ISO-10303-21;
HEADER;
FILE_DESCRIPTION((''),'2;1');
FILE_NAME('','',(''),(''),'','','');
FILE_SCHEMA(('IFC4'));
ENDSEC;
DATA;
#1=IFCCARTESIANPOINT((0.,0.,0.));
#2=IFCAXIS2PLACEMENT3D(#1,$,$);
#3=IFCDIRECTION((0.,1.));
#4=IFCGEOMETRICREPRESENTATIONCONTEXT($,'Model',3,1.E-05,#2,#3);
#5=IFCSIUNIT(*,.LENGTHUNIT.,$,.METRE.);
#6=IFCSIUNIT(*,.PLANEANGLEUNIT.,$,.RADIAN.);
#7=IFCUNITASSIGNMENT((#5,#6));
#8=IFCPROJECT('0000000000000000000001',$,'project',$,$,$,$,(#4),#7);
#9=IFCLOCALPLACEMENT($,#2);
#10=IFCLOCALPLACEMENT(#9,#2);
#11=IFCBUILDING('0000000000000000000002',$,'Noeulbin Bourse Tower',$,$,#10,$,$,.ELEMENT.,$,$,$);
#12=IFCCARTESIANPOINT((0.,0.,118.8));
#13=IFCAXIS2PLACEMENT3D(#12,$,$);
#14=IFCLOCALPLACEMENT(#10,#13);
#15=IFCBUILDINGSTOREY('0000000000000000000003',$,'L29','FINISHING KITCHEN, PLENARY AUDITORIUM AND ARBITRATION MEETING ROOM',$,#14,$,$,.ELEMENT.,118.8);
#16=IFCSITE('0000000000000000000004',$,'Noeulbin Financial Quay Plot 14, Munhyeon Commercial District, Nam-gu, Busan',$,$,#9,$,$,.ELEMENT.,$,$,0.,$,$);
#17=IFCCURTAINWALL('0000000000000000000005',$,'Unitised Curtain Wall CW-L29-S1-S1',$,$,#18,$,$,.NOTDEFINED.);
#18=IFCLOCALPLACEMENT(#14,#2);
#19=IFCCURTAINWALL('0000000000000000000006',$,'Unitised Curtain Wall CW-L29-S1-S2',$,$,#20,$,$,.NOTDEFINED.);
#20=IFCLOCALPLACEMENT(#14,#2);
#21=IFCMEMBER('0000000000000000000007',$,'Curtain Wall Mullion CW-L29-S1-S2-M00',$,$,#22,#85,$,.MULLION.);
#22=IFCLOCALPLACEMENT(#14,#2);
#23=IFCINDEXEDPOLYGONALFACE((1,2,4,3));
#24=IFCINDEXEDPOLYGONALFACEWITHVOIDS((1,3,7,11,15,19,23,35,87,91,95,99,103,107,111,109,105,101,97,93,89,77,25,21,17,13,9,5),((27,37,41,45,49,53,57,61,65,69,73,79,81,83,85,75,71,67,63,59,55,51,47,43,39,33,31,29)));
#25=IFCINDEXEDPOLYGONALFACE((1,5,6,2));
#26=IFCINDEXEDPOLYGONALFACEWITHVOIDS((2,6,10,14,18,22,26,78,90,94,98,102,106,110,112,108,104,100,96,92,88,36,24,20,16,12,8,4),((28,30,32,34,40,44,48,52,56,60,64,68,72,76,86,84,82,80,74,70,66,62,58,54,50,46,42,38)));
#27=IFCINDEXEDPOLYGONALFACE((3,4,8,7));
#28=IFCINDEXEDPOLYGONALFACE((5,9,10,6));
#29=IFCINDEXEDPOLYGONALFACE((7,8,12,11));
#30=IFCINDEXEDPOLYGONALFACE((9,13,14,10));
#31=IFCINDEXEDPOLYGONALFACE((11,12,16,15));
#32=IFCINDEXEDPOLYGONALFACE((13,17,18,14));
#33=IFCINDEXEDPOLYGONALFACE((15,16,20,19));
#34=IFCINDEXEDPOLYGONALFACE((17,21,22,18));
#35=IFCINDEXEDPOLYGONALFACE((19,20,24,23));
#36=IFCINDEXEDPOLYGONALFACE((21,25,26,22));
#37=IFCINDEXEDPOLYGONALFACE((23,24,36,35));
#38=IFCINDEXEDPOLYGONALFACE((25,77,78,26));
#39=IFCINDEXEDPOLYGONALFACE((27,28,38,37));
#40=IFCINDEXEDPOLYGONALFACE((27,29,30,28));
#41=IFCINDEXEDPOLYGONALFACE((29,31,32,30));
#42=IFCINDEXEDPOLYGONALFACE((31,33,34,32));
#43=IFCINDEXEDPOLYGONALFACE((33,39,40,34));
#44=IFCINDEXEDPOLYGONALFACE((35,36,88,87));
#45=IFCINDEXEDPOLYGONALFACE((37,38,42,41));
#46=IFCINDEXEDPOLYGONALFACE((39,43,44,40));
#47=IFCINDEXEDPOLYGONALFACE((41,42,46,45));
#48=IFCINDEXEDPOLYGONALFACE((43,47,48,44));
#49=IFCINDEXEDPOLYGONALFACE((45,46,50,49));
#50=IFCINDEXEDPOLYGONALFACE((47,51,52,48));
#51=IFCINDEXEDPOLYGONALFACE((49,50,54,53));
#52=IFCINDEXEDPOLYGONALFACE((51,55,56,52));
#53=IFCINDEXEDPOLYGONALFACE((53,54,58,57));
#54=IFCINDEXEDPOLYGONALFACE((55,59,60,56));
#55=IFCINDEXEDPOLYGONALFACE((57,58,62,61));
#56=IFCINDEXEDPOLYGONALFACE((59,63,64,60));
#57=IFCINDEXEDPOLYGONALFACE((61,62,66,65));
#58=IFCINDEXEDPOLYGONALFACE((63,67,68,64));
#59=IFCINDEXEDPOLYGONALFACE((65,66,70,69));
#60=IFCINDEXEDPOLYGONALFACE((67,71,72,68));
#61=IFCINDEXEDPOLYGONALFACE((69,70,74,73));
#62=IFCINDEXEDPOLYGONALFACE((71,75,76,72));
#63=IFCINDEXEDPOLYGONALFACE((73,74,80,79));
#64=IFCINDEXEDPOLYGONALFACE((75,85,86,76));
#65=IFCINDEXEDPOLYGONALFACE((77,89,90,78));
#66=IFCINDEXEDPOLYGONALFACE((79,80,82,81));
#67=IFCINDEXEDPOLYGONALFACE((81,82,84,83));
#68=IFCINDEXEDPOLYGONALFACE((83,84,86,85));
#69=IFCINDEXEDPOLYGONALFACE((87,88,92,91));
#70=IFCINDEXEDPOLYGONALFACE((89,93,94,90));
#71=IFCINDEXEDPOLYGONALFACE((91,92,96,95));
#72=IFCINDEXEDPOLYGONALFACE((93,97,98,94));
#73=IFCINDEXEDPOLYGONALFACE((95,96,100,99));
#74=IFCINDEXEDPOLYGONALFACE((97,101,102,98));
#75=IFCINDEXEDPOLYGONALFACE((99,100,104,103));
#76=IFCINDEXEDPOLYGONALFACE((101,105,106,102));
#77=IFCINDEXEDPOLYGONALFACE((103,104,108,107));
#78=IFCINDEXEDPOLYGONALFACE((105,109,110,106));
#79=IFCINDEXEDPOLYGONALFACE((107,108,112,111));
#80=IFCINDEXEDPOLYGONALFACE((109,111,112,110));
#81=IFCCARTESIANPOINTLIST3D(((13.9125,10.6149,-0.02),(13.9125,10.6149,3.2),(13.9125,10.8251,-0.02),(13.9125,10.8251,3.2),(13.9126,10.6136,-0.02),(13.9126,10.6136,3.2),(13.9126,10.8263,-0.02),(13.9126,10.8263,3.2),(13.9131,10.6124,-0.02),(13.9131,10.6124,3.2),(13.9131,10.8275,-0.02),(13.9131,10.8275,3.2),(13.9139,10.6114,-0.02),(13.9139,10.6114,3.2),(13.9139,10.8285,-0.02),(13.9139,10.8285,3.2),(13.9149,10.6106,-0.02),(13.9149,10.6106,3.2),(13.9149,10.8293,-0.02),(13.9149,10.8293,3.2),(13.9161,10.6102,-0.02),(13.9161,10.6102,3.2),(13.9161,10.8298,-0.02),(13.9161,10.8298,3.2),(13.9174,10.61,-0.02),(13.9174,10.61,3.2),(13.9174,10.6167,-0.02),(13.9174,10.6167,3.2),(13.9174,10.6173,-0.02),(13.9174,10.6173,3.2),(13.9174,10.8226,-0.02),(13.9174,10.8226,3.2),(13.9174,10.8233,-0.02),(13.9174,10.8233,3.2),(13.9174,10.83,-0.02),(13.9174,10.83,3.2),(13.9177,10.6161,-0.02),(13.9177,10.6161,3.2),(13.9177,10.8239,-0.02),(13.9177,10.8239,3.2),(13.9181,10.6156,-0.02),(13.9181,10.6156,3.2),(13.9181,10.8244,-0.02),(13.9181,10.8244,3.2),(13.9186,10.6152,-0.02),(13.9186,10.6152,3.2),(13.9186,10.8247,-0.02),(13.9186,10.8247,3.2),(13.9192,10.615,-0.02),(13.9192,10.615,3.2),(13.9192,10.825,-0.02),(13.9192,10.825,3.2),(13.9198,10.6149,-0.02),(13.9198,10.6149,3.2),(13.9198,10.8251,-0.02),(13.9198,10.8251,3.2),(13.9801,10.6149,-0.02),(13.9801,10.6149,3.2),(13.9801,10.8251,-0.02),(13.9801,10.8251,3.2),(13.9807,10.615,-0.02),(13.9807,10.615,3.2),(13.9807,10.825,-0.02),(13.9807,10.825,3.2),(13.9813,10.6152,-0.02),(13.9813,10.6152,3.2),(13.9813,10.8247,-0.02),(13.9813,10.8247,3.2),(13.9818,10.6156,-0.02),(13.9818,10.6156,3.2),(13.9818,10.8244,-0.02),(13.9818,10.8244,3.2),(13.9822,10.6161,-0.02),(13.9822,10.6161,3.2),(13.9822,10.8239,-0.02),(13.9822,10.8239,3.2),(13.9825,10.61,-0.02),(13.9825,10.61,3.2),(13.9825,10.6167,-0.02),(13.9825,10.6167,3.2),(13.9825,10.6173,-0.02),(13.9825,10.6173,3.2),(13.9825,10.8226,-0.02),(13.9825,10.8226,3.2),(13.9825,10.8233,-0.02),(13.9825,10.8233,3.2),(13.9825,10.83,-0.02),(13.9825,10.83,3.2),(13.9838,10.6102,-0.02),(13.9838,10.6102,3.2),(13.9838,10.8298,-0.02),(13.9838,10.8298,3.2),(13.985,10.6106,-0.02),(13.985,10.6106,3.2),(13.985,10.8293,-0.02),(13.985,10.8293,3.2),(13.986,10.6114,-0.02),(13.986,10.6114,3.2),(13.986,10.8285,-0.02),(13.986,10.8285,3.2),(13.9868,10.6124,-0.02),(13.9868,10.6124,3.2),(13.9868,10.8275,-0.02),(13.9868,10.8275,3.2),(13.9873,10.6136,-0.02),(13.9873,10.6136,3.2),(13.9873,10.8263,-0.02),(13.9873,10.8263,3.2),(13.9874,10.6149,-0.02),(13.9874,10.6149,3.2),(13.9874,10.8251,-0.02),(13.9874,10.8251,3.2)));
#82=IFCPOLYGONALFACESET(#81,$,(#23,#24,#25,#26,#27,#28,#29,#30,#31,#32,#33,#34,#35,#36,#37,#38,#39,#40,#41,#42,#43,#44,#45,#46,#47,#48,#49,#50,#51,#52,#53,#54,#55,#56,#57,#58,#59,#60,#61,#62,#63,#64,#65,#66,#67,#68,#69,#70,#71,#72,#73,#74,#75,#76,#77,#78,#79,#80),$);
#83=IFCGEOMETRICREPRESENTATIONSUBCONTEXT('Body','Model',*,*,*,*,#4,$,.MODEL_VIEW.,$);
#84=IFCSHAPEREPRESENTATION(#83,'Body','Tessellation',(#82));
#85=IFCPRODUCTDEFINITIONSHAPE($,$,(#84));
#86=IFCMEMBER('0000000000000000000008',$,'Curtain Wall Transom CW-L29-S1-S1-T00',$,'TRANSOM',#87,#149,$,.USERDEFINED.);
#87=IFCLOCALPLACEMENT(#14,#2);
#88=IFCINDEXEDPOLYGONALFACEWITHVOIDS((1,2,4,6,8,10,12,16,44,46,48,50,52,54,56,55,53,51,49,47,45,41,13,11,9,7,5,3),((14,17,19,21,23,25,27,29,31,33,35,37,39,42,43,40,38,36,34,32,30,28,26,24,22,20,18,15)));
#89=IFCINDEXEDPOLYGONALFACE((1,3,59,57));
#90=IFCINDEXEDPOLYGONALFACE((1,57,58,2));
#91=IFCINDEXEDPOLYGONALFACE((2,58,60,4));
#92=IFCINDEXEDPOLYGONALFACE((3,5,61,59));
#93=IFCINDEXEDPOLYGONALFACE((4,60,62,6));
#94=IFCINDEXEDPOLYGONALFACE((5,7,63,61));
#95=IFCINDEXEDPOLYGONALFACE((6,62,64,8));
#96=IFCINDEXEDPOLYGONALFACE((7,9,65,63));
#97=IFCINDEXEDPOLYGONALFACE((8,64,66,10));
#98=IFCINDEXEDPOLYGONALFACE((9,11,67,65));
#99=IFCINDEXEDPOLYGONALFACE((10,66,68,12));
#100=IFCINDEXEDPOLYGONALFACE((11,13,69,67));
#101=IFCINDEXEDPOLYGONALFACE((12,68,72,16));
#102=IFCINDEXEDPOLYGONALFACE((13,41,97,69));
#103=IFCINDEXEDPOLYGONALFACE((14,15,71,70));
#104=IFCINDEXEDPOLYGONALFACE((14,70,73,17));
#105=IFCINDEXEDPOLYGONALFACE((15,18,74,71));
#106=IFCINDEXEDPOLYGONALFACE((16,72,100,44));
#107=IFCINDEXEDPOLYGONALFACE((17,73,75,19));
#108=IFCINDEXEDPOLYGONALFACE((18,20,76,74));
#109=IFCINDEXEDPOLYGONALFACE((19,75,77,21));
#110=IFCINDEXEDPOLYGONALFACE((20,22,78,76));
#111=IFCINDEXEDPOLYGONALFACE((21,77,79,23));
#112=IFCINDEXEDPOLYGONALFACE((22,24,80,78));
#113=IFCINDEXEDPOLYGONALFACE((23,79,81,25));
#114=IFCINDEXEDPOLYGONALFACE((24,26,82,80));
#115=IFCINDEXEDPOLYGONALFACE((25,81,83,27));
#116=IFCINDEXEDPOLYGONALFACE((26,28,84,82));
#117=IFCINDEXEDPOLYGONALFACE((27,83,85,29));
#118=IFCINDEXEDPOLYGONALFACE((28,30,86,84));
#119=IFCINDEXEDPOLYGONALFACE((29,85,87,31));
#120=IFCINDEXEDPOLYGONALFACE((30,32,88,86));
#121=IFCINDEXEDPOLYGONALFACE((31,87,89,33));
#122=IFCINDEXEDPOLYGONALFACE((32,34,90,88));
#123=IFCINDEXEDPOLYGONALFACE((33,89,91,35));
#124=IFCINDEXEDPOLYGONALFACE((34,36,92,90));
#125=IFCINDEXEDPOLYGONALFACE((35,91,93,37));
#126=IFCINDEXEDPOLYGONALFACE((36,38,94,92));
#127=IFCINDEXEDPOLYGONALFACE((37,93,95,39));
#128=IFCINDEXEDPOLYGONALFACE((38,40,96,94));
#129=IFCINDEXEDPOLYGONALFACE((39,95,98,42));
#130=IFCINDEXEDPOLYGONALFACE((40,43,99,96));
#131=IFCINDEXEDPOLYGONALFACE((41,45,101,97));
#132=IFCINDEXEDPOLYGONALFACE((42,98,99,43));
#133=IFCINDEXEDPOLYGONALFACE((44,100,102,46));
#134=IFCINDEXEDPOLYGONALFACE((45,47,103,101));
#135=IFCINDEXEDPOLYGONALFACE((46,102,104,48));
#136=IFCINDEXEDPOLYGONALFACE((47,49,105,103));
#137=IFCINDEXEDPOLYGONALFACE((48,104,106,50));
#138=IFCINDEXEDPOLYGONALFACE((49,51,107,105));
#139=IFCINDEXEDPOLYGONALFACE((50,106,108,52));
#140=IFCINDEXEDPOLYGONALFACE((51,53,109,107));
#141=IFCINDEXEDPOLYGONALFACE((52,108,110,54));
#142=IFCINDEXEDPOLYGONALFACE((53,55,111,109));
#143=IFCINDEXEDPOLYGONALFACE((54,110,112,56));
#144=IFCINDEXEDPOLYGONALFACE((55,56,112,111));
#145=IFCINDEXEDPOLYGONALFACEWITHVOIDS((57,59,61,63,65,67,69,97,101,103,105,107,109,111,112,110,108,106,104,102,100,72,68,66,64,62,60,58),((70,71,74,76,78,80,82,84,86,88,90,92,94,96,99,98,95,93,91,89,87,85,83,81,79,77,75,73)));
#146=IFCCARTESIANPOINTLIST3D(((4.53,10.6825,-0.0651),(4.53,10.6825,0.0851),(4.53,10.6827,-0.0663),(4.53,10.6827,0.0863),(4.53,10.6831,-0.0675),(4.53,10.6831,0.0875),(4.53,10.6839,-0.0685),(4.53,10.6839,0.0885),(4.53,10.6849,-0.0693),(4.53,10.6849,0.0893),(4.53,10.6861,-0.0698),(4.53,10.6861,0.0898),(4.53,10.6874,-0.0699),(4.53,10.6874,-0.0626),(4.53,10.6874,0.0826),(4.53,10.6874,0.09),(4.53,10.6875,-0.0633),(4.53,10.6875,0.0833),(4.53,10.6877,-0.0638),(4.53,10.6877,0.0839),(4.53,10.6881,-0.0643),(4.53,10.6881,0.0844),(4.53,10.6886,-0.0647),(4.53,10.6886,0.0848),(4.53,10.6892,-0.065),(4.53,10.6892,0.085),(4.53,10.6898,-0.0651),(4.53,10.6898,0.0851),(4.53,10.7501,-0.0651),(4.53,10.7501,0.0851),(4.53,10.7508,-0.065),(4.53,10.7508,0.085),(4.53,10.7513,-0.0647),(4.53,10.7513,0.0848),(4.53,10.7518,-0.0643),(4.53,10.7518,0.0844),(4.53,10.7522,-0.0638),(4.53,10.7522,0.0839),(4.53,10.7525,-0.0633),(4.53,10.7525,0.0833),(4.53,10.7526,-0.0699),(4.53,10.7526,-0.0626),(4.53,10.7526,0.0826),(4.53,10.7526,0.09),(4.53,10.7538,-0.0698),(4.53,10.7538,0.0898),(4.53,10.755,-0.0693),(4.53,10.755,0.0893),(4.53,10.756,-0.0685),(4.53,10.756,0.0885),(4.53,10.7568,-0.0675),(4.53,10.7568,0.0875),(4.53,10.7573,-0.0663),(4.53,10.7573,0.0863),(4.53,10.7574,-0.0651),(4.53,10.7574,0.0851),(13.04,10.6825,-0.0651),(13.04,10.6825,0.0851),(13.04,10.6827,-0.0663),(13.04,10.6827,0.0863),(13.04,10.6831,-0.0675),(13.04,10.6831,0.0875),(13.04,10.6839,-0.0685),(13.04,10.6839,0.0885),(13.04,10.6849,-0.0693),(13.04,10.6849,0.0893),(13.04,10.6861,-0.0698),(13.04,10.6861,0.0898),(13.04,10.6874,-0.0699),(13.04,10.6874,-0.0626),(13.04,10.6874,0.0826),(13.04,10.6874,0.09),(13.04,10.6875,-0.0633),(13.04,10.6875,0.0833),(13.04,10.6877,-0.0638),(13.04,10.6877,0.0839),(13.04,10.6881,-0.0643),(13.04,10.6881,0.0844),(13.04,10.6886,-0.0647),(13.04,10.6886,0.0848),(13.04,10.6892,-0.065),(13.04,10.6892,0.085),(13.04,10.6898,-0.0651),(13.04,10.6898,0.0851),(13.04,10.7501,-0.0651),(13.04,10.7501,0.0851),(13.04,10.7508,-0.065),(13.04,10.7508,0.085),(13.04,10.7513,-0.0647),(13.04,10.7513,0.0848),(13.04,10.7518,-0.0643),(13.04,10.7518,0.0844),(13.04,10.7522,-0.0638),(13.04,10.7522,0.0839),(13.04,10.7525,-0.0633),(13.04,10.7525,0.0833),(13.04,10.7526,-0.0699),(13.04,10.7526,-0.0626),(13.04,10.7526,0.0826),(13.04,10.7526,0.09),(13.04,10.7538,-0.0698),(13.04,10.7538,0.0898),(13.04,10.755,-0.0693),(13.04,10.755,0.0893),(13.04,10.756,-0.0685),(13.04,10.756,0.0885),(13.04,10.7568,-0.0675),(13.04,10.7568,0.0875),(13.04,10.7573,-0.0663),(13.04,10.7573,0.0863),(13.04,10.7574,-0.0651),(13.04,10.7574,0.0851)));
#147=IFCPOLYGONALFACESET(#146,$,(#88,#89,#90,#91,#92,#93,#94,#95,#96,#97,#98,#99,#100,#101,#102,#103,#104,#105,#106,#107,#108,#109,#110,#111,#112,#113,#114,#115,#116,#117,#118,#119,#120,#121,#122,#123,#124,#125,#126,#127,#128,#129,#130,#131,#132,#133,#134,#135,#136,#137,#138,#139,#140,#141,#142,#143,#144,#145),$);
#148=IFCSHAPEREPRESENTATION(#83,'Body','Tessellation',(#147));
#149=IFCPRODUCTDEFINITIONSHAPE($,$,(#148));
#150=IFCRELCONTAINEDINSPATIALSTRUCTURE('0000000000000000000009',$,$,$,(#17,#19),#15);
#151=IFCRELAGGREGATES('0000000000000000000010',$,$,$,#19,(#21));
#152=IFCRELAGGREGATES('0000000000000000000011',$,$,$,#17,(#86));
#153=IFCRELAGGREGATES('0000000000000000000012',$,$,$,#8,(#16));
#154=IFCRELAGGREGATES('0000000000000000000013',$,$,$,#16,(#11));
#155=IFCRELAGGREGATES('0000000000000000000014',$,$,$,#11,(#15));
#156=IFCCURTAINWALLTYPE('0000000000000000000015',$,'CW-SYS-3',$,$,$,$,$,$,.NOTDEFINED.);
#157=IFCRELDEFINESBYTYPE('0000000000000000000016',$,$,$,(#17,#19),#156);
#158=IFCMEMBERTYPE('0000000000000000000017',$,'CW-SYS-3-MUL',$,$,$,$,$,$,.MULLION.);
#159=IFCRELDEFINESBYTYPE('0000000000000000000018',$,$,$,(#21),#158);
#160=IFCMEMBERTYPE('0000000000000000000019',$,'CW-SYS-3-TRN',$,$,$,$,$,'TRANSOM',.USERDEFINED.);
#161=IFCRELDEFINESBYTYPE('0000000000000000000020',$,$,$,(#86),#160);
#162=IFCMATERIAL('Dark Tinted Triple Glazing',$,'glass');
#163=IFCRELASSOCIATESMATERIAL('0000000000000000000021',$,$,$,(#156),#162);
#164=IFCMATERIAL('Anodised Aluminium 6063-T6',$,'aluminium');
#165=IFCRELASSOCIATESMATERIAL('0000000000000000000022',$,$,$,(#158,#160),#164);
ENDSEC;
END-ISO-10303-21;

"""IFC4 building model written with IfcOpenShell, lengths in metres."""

from ifc_helpers import new_model, si_unit, direction, frame, origin, origin_2d, place, context, subcontext, project, spatial, hollow_rectangle, extrude, material, material_profile, profile_set, type_object, element, aggregate, save


model = new_model("IFC4")

# Units and contexts
model_context = context("Model", 3, precision=1e-05, world=origin(), true_north=direction((0.0, 1.0)))
body_context = subcontext(model_context, "Body", "Model", "MODEL_VIEW")
ifc_project = project(units=[si_unit("LENGTHUNIT", "METRE"), si_unit("PLANEANGLEUNIT", "RADIAN")], contexts=[model_context])

# Site, building, storey
site_placement = place(None, origin())
site = spatial("IfcSite", under=ifc_project, at=site_placement, Name="Noeulbin Financial Quay Plot 14, Munhyeon Commercial District, Nam-gu, Busan", CompositionType="ELEMENT", RefElevation=0.0)
building_placement = place(site_placement, origin())
building = spatial("IfcBuilding", under=site, at=building_placement, Name="Noeulbin Bourse Tower", CompositionType="ELEMENT")
storey_placement = place(building_placement, frame((0.0, 0.0, 118.8)))
storey = spatial("IfcBuildingStorey", under=building, at=storey_placement, Name="L29", Description="FINISHING KITCHEN, PLENARY AUDITORIUM AND ARBITRATION MEETING ROOM", CompositionType="ELEMENT", Elevation=118.8)

# Curtain wall
ifc_material_1 = material(Name="Dark Tinted Triple Glazing", Category="glass")
curtain_wall_type = type_object("IfcCurtainWallType", Name="CW-SYS-3", PredefinedType="NOTDEFINED", material=ifc_material_1)
curtain_wall_1_placement = place(storey_placement, origin())
curtain_wall_1 = element("IfcCurtainWall", 1, at=curtain_wall_1_placement, inside=storey, type_object=curtain_wall_type, Name="Unitised Curtain Wall CW-L29-S1-S1", PredefinedType="NOTDEFINED")
ifc_material_2 = material(Name="Anodised Aluminium 6063-T6", Category="aluminium")
ifc_material_profile_1 = material_profile(ifc_material_2, hollow_rectangle(XDim=0.075, YDim=0.22, WallThickness=0.0049, InnerFilletRadius=0.0024, OuterFilletRadius=0.0049, at=origin_2d()), Name="ALU-MULL-75x220x5", Category="LoadBearing")
ifc_profile_set_1 = profile_set([ifc_material_profile_1], Name="Anodised Aluminium 6063-T6")
member_type_1 = type_object("IfcMemberType", Name="CW-SYS-3-MUL", PredefinedType="MULLION", material=ifc_profile_set_1)

# Curtain wall, member
curtain_wall_2_placement = place(storey_placement, origin())
curtain_wall_2 = element("IfcCurtainWall", 2, at=curtain_wall_2_placement, inside=storey, type_object=curtain_wall_type, Name="Unitised Curtain Wall CW-L29-S1-S2", PredefinedType="NOTDEFINED")
member_1_placement = place(storey_placement, frame((13.95, 10.72, -0.02), z_axis=(0.0, 0.0, 1.0), x_axis=(1.0, 0.0, 0.0)))
member_1 = element("IfcMember", 3, at=member_1_placement, type_object=member_type_1, Name="Curtain Wall Mullion CW-L29-S1-S2-M00", PredefinedType="MULLION", context=body_context, shape_type="SweptSolid", body=[
    extrude(hollow_rectangle(XDim=0.075, YDim=0.22, WallThickness=0.0049, InnerFilletRadius=0.0024, OuterFilletRadius=0.0049, at=origin_2d()), origin(), (0.0, 0.0, 1.0), 3.22),
])

# Member
ifc_material_profile_2 = material_profile(ifc_material_2, hollow_rectangle(XDim=0.075, YDim=0.1599, WallThickness=0.0049, InnerFilletRadius=0.0024, OuterFilletRadius=0.0049, at=origin_2d()), Name="ALU-TRAN-75x160x5", Category="LoadBearing")
ifc_profile_set_2 = profile_set([ifc_material_profile_2], Name="Anodised Aluminium 6063-T6")
member_type_2 = type_object("IfcMemberType", Name="CW-SYS-3-TRN", ElementType="TRANSOM", PredefinedType="USERDEFINED", material=ifc_profile_set_2)
member_2_placement = place(storey_placement, frame((4.53, 10.72, 0.01), z_axis=(1.0, 0.0, 0.0), x_axis=(0.0, 1.0, 0.0)))
member_2 = element("IfcMember", 4, at=member_2_placement, type_object=member_type_2, Name="Curtain Wall Transom CW-L29-S1-S1-T00", ObjectType="TRANSOM", PredefinedType="USERDEFINED", context=body_context, shape_type="SweptSolid", body=[
    extrude(hollow_rectangle(XDim=0.075, YDim=0.1599, WallThickness=0.0049, InnerFilletRadius=0.0024, OuterFilletRadius=0.0049, at=origin_2d()), origin(), (0.0, 0.0, 1.0), 8.51),
])
aggregate(curtain_wall_2, [member_1])

aggregate(curtain_wall_1, [member_2])

save(model, "model.ifc")
